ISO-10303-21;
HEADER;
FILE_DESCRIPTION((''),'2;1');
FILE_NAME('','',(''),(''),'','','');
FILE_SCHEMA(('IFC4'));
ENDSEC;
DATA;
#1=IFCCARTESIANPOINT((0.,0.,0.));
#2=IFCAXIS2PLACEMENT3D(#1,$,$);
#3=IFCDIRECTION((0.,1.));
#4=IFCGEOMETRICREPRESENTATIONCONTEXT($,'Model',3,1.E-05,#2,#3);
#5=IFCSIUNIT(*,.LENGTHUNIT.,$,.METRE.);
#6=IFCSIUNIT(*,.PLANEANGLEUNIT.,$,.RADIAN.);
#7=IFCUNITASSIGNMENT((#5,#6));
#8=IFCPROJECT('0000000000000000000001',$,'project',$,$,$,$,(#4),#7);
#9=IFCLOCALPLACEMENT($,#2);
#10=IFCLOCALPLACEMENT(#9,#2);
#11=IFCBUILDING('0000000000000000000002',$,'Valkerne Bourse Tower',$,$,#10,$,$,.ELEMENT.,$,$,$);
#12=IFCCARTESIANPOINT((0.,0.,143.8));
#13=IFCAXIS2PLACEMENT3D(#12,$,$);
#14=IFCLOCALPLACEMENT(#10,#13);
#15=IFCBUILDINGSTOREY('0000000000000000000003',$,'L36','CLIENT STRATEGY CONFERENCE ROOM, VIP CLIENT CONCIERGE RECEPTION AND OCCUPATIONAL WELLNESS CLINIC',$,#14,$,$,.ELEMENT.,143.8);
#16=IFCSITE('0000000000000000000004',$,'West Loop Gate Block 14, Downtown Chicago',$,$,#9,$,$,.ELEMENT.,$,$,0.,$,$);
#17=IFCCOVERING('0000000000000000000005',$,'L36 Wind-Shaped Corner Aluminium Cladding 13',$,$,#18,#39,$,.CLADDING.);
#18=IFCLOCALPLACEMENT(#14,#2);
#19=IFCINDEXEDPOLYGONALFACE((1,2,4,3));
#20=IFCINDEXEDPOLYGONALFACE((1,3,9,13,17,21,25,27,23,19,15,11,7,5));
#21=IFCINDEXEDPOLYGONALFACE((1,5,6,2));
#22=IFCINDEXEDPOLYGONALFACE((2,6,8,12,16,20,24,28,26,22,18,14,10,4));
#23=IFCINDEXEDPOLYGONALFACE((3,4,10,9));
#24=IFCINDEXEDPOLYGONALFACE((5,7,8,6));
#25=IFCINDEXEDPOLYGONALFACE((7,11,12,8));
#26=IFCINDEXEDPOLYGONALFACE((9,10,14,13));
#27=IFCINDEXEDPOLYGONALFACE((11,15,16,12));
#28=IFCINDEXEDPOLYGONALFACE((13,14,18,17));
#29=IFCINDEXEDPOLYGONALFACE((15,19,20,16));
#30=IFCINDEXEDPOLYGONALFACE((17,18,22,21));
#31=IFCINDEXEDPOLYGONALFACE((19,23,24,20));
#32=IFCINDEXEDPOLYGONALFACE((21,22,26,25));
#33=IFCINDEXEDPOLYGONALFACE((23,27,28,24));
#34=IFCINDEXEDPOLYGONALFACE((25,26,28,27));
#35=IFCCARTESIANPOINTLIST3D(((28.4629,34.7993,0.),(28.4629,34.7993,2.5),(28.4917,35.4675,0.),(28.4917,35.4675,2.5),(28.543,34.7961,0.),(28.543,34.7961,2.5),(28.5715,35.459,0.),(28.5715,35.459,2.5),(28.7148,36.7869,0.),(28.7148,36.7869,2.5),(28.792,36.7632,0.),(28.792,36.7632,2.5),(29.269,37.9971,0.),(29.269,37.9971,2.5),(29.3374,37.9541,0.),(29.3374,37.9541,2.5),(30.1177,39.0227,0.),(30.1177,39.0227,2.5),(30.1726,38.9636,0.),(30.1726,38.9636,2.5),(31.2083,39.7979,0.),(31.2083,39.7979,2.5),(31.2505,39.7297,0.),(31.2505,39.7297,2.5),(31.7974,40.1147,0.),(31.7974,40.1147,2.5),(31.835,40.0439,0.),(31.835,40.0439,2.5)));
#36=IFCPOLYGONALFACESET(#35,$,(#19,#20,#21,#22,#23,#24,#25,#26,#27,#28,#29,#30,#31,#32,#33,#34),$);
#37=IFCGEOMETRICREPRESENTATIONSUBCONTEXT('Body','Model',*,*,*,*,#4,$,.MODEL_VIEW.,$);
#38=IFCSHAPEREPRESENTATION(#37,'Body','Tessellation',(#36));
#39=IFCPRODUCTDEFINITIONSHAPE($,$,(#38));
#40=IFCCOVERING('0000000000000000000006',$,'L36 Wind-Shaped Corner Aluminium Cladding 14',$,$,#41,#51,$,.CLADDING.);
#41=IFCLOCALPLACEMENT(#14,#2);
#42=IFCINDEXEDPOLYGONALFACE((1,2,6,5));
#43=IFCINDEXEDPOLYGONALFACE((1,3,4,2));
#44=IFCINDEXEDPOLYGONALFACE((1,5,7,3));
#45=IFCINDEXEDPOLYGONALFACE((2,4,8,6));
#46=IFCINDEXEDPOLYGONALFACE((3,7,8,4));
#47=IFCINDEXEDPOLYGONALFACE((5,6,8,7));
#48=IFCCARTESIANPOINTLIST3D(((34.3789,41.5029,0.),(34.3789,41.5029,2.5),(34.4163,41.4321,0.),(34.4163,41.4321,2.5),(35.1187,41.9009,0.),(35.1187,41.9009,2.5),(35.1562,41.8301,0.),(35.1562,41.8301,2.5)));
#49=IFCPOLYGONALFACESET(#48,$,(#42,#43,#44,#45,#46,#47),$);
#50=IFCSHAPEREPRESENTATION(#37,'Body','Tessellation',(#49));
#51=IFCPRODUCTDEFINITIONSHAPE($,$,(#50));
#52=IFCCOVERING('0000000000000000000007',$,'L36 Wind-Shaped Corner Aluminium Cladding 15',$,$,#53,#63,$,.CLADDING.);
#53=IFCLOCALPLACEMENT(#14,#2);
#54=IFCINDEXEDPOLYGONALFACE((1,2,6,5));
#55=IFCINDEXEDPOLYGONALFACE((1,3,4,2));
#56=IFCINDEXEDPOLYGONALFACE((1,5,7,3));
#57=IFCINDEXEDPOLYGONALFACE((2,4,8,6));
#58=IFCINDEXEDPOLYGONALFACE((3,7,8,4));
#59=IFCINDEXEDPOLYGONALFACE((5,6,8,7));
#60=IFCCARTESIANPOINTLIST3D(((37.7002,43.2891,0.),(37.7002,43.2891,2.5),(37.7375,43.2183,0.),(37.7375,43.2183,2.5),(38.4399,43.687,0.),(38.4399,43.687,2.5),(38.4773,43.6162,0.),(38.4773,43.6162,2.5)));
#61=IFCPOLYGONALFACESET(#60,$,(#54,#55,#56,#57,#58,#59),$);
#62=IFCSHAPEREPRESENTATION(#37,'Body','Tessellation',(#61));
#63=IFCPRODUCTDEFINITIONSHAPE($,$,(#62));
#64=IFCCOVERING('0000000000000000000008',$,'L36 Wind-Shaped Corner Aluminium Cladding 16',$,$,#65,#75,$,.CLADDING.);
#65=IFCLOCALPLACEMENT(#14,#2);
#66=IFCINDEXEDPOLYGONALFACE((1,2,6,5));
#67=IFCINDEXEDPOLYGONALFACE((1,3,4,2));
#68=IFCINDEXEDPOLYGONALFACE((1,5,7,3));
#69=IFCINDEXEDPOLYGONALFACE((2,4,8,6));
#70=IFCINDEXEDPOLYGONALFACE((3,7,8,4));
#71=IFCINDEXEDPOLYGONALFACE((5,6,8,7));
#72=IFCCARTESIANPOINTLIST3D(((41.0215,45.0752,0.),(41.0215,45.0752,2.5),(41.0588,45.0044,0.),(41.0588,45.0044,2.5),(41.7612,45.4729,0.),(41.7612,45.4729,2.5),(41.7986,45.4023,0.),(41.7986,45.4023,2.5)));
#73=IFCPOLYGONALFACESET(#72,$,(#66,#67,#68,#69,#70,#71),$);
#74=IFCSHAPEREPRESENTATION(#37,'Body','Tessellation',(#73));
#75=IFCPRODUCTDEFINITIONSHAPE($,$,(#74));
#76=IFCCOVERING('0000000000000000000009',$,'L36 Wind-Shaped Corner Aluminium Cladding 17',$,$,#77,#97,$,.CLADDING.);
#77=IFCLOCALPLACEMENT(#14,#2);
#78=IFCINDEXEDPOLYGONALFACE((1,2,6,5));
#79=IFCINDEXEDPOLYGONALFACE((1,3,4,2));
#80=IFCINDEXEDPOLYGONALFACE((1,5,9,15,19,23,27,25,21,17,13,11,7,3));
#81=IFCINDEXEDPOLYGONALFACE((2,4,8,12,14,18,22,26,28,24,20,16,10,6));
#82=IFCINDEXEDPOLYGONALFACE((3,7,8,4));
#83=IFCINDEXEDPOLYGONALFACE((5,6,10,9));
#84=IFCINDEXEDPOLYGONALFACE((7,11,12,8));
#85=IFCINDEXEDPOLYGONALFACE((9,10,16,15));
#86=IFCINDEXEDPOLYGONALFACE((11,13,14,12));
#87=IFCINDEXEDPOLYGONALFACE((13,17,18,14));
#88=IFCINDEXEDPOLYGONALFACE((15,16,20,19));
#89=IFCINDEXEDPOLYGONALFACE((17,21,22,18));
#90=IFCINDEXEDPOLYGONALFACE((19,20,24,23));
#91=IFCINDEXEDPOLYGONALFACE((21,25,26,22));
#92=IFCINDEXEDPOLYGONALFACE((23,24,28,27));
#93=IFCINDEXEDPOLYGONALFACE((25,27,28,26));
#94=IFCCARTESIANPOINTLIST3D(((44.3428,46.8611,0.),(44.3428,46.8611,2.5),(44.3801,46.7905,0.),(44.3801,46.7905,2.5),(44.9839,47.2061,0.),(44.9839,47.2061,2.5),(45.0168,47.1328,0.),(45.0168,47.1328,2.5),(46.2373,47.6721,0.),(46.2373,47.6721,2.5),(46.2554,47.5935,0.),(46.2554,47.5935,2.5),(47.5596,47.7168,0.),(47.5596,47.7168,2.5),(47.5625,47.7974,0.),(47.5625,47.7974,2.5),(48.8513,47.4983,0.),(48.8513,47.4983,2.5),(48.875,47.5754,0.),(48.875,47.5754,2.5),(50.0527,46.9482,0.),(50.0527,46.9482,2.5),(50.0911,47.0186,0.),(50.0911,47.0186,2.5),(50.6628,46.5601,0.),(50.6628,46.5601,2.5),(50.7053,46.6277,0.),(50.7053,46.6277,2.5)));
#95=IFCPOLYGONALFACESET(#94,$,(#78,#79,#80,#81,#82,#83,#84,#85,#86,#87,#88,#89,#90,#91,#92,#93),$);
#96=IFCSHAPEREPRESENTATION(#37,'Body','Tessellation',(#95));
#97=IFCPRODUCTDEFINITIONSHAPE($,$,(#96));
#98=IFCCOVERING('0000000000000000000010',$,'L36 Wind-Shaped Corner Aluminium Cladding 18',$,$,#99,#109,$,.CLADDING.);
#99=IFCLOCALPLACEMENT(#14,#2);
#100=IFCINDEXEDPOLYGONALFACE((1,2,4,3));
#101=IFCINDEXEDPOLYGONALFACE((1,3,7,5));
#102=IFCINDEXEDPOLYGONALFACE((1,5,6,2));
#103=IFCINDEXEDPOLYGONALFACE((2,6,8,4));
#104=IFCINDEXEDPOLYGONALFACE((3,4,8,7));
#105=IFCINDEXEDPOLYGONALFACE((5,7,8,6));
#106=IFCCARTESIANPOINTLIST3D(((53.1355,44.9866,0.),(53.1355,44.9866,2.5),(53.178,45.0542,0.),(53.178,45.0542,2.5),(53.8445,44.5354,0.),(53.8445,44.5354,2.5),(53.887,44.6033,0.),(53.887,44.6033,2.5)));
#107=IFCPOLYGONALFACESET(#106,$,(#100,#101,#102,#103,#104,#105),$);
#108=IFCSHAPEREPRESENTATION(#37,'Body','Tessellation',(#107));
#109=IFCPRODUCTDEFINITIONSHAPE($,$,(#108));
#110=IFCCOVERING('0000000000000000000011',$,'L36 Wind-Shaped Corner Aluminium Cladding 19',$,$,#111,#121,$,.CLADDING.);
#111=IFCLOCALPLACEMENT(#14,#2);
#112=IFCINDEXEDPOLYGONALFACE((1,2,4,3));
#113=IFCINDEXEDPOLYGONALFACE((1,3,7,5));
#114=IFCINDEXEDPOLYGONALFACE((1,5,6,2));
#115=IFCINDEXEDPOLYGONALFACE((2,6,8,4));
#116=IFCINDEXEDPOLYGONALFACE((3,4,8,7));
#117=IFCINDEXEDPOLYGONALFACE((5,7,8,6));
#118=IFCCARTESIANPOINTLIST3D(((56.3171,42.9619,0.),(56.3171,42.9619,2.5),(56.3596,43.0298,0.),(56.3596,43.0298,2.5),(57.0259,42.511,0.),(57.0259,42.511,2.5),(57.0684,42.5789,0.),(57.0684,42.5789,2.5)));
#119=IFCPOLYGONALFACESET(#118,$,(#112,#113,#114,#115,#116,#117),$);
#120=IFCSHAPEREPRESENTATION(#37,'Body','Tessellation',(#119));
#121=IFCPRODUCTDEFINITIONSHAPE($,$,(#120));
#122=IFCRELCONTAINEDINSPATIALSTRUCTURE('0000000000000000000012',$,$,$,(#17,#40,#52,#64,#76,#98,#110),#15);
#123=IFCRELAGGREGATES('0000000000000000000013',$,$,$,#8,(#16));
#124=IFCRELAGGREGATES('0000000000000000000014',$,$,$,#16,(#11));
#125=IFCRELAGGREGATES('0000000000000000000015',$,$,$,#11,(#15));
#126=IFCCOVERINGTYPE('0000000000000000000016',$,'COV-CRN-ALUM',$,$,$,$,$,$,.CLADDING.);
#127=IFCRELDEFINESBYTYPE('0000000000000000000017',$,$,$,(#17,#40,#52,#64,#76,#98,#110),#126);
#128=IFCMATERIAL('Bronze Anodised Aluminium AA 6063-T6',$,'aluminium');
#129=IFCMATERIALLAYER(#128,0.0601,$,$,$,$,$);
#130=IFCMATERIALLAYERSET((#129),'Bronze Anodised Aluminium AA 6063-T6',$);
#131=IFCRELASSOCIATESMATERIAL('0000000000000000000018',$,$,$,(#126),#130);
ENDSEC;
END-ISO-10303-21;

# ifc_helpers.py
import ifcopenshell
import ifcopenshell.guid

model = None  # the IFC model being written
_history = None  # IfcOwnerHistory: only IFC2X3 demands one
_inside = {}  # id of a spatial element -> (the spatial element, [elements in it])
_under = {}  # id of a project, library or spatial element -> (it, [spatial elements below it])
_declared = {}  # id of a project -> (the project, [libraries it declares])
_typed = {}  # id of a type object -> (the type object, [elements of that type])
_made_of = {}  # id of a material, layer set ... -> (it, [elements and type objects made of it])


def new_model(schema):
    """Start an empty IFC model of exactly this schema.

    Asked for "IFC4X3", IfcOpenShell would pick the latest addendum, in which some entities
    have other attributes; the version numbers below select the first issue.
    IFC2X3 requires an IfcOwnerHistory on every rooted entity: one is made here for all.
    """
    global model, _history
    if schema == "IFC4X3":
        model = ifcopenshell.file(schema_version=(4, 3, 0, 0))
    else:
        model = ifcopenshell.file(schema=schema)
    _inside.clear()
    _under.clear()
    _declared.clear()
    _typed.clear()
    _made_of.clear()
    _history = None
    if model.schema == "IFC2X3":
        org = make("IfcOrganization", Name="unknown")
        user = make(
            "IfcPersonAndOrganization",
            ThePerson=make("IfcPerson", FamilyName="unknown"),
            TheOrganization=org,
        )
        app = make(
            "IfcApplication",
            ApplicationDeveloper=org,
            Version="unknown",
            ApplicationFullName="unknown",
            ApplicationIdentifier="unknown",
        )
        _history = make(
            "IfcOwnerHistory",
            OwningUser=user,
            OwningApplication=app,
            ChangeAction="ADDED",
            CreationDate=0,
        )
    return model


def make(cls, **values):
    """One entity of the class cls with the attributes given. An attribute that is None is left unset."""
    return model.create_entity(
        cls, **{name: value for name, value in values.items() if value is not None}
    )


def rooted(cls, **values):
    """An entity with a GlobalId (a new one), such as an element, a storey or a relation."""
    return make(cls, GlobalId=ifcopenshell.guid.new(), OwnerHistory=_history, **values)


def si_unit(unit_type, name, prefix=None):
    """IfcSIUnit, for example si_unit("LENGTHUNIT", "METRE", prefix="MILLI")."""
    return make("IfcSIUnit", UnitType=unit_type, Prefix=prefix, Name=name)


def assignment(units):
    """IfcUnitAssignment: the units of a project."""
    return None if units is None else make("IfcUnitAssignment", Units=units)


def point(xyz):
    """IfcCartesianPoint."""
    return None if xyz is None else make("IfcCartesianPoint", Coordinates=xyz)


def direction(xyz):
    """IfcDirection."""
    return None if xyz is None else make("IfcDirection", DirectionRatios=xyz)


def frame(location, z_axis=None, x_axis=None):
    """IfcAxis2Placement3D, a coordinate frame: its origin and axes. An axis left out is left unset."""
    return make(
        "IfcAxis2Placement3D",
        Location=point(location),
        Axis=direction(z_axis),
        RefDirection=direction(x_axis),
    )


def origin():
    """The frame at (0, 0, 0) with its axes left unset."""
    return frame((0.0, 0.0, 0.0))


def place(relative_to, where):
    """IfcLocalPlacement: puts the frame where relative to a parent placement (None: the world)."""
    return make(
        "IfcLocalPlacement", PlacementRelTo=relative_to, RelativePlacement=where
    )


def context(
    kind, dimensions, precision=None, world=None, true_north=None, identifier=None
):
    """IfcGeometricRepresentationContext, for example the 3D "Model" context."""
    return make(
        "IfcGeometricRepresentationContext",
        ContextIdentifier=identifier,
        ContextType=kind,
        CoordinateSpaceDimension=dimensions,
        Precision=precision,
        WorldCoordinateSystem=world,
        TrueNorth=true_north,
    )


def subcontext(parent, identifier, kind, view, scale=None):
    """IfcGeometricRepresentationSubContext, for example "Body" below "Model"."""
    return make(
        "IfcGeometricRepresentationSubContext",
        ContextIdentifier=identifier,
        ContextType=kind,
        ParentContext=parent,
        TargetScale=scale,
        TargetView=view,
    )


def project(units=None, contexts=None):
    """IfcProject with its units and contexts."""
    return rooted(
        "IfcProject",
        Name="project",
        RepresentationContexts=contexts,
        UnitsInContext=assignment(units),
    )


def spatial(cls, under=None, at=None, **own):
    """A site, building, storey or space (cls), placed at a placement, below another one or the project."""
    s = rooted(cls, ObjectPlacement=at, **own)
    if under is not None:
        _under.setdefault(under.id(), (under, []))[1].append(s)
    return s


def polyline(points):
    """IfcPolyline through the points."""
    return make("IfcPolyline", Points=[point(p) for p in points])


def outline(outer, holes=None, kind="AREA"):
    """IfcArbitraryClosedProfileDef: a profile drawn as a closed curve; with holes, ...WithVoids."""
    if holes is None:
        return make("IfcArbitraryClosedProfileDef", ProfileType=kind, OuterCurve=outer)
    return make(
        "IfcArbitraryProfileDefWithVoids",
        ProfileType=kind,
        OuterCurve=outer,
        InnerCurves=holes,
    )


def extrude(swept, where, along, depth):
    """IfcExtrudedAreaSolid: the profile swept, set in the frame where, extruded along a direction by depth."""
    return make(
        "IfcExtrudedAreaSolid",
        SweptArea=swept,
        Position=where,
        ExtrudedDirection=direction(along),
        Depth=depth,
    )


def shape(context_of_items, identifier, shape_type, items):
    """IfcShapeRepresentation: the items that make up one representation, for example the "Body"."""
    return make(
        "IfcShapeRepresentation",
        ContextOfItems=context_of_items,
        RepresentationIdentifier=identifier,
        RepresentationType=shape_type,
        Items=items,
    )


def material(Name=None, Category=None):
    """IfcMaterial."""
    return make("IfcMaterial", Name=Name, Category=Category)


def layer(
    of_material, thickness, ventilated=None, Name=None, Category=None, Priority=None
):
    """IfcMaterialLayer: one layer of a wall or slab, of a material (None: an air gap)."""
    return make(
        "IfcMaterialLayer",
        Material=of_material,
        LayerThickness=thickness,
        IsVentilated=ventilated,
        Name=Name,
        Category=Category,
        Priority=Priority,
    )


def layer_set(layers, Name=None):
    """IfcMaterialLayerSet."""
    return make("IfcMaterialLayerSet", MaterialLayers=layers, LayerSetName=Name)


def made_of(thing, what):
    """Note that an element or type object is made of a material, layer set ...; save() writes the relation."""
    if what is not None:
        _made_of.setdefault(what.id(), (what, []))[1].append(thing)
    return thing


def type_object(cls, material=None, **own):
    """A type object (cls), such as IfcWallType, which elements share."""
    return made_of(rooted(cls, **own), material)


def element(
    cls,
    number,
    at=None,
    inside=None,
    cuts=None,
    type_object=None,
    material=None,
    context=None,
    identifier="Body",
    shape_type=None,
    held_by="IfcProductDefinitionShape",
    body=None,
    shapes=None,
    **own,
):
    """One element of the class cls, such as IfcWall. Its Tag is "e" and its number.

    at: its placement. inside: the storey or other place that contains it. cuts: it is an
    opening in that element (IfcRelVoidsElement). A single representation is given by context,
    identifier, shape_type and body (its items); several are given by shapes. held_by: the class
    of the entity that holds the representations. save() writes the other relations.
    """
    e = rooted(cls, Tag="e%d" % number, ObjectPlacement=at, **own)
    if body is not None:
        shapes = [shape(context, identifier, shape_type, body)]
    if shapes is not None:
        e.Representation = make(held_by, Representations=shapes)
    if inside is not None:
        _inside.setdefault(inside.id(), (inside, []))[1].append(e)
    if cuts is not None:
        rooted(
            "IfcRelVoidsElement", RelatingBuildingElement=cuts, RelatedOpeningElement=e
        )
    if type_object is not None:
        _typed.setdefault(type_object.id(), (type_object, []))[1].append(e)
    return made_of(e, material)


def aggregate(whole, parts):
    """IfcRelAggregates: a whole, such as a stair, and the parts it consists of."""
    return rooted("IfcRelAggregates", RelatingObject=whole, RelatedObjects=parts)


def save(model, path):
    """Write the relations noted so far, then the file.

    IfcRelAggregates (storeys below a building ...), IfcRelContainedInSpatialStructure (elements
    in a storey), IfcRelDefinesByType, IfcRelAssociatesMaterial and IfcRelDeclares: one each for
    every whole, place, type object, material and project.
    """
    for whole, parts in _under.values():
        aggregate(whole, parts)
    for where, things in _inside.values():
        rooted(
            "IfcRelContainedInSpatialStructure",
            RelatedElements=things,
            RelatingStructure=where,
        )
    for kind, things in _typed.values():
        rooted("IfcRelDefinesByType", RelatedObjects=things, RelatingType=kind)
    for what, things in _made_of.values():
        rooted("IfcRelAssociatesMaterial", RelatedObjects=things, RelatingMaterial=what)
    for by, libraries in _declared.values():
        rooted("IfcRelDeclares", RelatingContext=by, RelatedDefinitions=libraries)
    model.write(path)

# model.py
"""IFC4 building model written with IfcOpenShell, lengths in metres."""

from ifc_helpers import new_model, si_unit, direction, frame, origin, place, context, subcontext, project, spatial, polyline, outline, extrude, material, layer, layer_set, type_object, element, save


model = new_model("IFC4")

# Units and contexts
model_context = context("Model", 3, precision=1e-05, world=origin(), true_north=direction((0.0, 1.0)))
body_context = subcontext(model_context, "Body", "Model", "MODEL_VIEW")
ifc_project = project(units=[si_unit("LENGTHUNIT", "METRE"), si_unit("PLANEANGLEUNIT", "RADIAN")], contexts=[model_context])

# Site, building, storey
site_placement = place(None, origin())
site = spatial("IfcSite", under=ifc_project, at=site_placement, Name="West Loop Gate Block 14, Downtown Chicago", CompositionType="ELEMENT", RefElevation=0.0)
building_placement = place(site_placement, origin())
building = spatial("IfcBuilding", under=site, at=building_placement, Name="Valkerne Bourse Tower", CompositionType="ELEMENT")
storey_placement = place(building_placement, frame((0.0, 0.0, 143.8)))
storey = spatial("IfcBuildingStorey", under=building, at=storey_placement, Name="L36", Description="CLIENT STRATEGY CONFERENCE ROOM, VIP CLIENT CONCIERGE RECEPTION AND OCCUPATIONAL WELLNESS CLINIC", CompositionType="ELEMENT", Elevation=143.8)

# Coverings
ifc_material_1 = material(Name="Bronze Anodised Aluminium AA 6063-T6", Category="aluminium")
ifc_layer_1 = layer(ifc_material_1, 0.0601)
ifc_layer_set_1 = layer_set([ifc_layer_1], Name="Bronze Anodised Aluminium AA 6063-T6")
covering_type = type_object("IfcCoveringType", Name="COV-CRN-ALUM", PredefinedType="CLADDING", material=ifc_layer_set_1)
covering_1_placement = place(storey_placement, origin())
element("IfcCovering", 1, at=covering_1_placement, inside=storey, type_object=covering_type, Name="L36 Wind-Shaped Corner Aluminium Cladding 13", PredefinedType="CLADDING", context=body_context, shape_type="SweptSolid", body=[
    extrude(outline(polyline([(28.4917, 35.4675), (28.7148, 36.7869), (29.269, 37.9971), (30.1177, 39.0227), (31.2083, 39.7979), (31.7974, 40.1147), (31.835, 40.0439), (31.2505, 39.7297), (30.1726, 38.9636), (29.3374, 37.9541), (28.792, 36.7632), (28.5715, 35.459), (28.543, 34.7961), (28.4629, 34.7993), (28.4917, 35.4675)])), origin(), (0.0, 0.0, 1.0), 2.5),
])
covering_2_placement = place(storey_placement, origin())
element("IfcCovering", 2, at=covering_2_placement, inside=storey, type_object=covering_type, Name="L36 Wind-Shaped Corner Aluminium Cladding 14", PredefinedType="CLADDING", context=body_context, shape_type="SweptSolid", body=[
    extrude(outline(polyline([(35.1187, 41.9009), (35.1562, 41.8301), (34.4163, 41.4321), (34.3789, 41.5029), (35.1187, 41.9009)])), origin(), (0.0, 0.0, 1.0), 2.5),
])
covering_3_placement = place(storey_placement, origin())
element("IfcCovering", 3, at=covering_3_placement, inside=storey, type_object=covering_type, Name="L36 Wind-Shaped Corner Aluminium Cladding 15", PredefinedType="CLADDING", context=body_context, shape_type="SweptSolid", body=[
    extrude(outline(polyline([(38.4399, 43.687), (38.4773, 43.6162), (37.7375, 43.2183), (37.7002, 43.2891), (38.4399, 43.687)])), origin(), (0.0, 0.0, 1.0), 2.5),
])
covering_4_placement = place(storey_placement, origin())
element("IfcCovering", 4, at=covering_4_placement, inside=storey, type_object=covering_type, Name="L36 Wind-Shaped Corner Aluminium Cladding 16", PredefinedType="CLADDING", context=body_context, shape_type="SweptSolid", body=[
    extrude(outline(polyline([(41.7612, 45.4729), (41.7986, 45.4023), (41.0588, 45.0044), (41.0215, 45.0752), (41.7612, 45.4729)])), origin(), (0.0, 0.0, 1.0), 2.5),
])
covering_5_placement = place(storey_placement, origin())
element("IfcCovering", 5, at=covering_5_placement, inside=storey, type_object=covering_type, Name="L36 Wind-Shaped Corner Aluminium Cladding 17", PredefinedType="CLADDING", context=body_context, shape_type="SweptSolid", body=[
    extrude(outline(polyline([(44.9839, 47.2061), (46.2373, 47.6721), (47.5625, 47.7974), (48.875, 47.5754), (50.0911, 47.0186), (50.7053, 46.6277), (50.6628, 46.5601), (50.0527, 46.9482), (48.8513, 47.4983), (47.5596, 47.7168), (46.2554, 47.5935), (45.0168, 47.1328), (44.3801, 46.7905), (44.3428, 46.8611), (44.9839, 47.2061)])), origin(), (0.0, 0.0, 1.0), 2.5),
])
covering_6_placement = place(storey_placement, origin())
element("IfcCovering", 6, at=covering_6_placement, inside=storey, type_object=covering_type, Name="L36 Wind-Shaped Corner Aluminium Cladding 18", PredefinedType="CLADDING", context=body_context, shape_type="SweptSolid", body=[
    extrude(outline(polyline([(53.887, 44.6033), (53.8445, 44.5354), (53.1355, 44.9866), (53.178, 45.0542), (53.887, 44.6033)])), origin(), (0.0, 0.0, 1.0), 2.5),
])
covering_7_placement = place(storey_placement, origin())
element("IfcCovering", 7, at=covering_7_placement, inside=storey, type_object=covering_type, Name="L36 Wind-Shaped Corner Aluminium Cladding 19", PredefinedType="CLADDING", context=body_context, shape_type="SweptSolid", body=[
    extrude(outline(polyline([(57.0684, 42.5789), (57.0259, 42.511), (56.3171, 42.9619), (56.3596, 43.0298), (57.0684, 42.5789)])), origin(), (0.0, 0.0, 1.0), 2.5),
])

save(model, "model.ifc")
